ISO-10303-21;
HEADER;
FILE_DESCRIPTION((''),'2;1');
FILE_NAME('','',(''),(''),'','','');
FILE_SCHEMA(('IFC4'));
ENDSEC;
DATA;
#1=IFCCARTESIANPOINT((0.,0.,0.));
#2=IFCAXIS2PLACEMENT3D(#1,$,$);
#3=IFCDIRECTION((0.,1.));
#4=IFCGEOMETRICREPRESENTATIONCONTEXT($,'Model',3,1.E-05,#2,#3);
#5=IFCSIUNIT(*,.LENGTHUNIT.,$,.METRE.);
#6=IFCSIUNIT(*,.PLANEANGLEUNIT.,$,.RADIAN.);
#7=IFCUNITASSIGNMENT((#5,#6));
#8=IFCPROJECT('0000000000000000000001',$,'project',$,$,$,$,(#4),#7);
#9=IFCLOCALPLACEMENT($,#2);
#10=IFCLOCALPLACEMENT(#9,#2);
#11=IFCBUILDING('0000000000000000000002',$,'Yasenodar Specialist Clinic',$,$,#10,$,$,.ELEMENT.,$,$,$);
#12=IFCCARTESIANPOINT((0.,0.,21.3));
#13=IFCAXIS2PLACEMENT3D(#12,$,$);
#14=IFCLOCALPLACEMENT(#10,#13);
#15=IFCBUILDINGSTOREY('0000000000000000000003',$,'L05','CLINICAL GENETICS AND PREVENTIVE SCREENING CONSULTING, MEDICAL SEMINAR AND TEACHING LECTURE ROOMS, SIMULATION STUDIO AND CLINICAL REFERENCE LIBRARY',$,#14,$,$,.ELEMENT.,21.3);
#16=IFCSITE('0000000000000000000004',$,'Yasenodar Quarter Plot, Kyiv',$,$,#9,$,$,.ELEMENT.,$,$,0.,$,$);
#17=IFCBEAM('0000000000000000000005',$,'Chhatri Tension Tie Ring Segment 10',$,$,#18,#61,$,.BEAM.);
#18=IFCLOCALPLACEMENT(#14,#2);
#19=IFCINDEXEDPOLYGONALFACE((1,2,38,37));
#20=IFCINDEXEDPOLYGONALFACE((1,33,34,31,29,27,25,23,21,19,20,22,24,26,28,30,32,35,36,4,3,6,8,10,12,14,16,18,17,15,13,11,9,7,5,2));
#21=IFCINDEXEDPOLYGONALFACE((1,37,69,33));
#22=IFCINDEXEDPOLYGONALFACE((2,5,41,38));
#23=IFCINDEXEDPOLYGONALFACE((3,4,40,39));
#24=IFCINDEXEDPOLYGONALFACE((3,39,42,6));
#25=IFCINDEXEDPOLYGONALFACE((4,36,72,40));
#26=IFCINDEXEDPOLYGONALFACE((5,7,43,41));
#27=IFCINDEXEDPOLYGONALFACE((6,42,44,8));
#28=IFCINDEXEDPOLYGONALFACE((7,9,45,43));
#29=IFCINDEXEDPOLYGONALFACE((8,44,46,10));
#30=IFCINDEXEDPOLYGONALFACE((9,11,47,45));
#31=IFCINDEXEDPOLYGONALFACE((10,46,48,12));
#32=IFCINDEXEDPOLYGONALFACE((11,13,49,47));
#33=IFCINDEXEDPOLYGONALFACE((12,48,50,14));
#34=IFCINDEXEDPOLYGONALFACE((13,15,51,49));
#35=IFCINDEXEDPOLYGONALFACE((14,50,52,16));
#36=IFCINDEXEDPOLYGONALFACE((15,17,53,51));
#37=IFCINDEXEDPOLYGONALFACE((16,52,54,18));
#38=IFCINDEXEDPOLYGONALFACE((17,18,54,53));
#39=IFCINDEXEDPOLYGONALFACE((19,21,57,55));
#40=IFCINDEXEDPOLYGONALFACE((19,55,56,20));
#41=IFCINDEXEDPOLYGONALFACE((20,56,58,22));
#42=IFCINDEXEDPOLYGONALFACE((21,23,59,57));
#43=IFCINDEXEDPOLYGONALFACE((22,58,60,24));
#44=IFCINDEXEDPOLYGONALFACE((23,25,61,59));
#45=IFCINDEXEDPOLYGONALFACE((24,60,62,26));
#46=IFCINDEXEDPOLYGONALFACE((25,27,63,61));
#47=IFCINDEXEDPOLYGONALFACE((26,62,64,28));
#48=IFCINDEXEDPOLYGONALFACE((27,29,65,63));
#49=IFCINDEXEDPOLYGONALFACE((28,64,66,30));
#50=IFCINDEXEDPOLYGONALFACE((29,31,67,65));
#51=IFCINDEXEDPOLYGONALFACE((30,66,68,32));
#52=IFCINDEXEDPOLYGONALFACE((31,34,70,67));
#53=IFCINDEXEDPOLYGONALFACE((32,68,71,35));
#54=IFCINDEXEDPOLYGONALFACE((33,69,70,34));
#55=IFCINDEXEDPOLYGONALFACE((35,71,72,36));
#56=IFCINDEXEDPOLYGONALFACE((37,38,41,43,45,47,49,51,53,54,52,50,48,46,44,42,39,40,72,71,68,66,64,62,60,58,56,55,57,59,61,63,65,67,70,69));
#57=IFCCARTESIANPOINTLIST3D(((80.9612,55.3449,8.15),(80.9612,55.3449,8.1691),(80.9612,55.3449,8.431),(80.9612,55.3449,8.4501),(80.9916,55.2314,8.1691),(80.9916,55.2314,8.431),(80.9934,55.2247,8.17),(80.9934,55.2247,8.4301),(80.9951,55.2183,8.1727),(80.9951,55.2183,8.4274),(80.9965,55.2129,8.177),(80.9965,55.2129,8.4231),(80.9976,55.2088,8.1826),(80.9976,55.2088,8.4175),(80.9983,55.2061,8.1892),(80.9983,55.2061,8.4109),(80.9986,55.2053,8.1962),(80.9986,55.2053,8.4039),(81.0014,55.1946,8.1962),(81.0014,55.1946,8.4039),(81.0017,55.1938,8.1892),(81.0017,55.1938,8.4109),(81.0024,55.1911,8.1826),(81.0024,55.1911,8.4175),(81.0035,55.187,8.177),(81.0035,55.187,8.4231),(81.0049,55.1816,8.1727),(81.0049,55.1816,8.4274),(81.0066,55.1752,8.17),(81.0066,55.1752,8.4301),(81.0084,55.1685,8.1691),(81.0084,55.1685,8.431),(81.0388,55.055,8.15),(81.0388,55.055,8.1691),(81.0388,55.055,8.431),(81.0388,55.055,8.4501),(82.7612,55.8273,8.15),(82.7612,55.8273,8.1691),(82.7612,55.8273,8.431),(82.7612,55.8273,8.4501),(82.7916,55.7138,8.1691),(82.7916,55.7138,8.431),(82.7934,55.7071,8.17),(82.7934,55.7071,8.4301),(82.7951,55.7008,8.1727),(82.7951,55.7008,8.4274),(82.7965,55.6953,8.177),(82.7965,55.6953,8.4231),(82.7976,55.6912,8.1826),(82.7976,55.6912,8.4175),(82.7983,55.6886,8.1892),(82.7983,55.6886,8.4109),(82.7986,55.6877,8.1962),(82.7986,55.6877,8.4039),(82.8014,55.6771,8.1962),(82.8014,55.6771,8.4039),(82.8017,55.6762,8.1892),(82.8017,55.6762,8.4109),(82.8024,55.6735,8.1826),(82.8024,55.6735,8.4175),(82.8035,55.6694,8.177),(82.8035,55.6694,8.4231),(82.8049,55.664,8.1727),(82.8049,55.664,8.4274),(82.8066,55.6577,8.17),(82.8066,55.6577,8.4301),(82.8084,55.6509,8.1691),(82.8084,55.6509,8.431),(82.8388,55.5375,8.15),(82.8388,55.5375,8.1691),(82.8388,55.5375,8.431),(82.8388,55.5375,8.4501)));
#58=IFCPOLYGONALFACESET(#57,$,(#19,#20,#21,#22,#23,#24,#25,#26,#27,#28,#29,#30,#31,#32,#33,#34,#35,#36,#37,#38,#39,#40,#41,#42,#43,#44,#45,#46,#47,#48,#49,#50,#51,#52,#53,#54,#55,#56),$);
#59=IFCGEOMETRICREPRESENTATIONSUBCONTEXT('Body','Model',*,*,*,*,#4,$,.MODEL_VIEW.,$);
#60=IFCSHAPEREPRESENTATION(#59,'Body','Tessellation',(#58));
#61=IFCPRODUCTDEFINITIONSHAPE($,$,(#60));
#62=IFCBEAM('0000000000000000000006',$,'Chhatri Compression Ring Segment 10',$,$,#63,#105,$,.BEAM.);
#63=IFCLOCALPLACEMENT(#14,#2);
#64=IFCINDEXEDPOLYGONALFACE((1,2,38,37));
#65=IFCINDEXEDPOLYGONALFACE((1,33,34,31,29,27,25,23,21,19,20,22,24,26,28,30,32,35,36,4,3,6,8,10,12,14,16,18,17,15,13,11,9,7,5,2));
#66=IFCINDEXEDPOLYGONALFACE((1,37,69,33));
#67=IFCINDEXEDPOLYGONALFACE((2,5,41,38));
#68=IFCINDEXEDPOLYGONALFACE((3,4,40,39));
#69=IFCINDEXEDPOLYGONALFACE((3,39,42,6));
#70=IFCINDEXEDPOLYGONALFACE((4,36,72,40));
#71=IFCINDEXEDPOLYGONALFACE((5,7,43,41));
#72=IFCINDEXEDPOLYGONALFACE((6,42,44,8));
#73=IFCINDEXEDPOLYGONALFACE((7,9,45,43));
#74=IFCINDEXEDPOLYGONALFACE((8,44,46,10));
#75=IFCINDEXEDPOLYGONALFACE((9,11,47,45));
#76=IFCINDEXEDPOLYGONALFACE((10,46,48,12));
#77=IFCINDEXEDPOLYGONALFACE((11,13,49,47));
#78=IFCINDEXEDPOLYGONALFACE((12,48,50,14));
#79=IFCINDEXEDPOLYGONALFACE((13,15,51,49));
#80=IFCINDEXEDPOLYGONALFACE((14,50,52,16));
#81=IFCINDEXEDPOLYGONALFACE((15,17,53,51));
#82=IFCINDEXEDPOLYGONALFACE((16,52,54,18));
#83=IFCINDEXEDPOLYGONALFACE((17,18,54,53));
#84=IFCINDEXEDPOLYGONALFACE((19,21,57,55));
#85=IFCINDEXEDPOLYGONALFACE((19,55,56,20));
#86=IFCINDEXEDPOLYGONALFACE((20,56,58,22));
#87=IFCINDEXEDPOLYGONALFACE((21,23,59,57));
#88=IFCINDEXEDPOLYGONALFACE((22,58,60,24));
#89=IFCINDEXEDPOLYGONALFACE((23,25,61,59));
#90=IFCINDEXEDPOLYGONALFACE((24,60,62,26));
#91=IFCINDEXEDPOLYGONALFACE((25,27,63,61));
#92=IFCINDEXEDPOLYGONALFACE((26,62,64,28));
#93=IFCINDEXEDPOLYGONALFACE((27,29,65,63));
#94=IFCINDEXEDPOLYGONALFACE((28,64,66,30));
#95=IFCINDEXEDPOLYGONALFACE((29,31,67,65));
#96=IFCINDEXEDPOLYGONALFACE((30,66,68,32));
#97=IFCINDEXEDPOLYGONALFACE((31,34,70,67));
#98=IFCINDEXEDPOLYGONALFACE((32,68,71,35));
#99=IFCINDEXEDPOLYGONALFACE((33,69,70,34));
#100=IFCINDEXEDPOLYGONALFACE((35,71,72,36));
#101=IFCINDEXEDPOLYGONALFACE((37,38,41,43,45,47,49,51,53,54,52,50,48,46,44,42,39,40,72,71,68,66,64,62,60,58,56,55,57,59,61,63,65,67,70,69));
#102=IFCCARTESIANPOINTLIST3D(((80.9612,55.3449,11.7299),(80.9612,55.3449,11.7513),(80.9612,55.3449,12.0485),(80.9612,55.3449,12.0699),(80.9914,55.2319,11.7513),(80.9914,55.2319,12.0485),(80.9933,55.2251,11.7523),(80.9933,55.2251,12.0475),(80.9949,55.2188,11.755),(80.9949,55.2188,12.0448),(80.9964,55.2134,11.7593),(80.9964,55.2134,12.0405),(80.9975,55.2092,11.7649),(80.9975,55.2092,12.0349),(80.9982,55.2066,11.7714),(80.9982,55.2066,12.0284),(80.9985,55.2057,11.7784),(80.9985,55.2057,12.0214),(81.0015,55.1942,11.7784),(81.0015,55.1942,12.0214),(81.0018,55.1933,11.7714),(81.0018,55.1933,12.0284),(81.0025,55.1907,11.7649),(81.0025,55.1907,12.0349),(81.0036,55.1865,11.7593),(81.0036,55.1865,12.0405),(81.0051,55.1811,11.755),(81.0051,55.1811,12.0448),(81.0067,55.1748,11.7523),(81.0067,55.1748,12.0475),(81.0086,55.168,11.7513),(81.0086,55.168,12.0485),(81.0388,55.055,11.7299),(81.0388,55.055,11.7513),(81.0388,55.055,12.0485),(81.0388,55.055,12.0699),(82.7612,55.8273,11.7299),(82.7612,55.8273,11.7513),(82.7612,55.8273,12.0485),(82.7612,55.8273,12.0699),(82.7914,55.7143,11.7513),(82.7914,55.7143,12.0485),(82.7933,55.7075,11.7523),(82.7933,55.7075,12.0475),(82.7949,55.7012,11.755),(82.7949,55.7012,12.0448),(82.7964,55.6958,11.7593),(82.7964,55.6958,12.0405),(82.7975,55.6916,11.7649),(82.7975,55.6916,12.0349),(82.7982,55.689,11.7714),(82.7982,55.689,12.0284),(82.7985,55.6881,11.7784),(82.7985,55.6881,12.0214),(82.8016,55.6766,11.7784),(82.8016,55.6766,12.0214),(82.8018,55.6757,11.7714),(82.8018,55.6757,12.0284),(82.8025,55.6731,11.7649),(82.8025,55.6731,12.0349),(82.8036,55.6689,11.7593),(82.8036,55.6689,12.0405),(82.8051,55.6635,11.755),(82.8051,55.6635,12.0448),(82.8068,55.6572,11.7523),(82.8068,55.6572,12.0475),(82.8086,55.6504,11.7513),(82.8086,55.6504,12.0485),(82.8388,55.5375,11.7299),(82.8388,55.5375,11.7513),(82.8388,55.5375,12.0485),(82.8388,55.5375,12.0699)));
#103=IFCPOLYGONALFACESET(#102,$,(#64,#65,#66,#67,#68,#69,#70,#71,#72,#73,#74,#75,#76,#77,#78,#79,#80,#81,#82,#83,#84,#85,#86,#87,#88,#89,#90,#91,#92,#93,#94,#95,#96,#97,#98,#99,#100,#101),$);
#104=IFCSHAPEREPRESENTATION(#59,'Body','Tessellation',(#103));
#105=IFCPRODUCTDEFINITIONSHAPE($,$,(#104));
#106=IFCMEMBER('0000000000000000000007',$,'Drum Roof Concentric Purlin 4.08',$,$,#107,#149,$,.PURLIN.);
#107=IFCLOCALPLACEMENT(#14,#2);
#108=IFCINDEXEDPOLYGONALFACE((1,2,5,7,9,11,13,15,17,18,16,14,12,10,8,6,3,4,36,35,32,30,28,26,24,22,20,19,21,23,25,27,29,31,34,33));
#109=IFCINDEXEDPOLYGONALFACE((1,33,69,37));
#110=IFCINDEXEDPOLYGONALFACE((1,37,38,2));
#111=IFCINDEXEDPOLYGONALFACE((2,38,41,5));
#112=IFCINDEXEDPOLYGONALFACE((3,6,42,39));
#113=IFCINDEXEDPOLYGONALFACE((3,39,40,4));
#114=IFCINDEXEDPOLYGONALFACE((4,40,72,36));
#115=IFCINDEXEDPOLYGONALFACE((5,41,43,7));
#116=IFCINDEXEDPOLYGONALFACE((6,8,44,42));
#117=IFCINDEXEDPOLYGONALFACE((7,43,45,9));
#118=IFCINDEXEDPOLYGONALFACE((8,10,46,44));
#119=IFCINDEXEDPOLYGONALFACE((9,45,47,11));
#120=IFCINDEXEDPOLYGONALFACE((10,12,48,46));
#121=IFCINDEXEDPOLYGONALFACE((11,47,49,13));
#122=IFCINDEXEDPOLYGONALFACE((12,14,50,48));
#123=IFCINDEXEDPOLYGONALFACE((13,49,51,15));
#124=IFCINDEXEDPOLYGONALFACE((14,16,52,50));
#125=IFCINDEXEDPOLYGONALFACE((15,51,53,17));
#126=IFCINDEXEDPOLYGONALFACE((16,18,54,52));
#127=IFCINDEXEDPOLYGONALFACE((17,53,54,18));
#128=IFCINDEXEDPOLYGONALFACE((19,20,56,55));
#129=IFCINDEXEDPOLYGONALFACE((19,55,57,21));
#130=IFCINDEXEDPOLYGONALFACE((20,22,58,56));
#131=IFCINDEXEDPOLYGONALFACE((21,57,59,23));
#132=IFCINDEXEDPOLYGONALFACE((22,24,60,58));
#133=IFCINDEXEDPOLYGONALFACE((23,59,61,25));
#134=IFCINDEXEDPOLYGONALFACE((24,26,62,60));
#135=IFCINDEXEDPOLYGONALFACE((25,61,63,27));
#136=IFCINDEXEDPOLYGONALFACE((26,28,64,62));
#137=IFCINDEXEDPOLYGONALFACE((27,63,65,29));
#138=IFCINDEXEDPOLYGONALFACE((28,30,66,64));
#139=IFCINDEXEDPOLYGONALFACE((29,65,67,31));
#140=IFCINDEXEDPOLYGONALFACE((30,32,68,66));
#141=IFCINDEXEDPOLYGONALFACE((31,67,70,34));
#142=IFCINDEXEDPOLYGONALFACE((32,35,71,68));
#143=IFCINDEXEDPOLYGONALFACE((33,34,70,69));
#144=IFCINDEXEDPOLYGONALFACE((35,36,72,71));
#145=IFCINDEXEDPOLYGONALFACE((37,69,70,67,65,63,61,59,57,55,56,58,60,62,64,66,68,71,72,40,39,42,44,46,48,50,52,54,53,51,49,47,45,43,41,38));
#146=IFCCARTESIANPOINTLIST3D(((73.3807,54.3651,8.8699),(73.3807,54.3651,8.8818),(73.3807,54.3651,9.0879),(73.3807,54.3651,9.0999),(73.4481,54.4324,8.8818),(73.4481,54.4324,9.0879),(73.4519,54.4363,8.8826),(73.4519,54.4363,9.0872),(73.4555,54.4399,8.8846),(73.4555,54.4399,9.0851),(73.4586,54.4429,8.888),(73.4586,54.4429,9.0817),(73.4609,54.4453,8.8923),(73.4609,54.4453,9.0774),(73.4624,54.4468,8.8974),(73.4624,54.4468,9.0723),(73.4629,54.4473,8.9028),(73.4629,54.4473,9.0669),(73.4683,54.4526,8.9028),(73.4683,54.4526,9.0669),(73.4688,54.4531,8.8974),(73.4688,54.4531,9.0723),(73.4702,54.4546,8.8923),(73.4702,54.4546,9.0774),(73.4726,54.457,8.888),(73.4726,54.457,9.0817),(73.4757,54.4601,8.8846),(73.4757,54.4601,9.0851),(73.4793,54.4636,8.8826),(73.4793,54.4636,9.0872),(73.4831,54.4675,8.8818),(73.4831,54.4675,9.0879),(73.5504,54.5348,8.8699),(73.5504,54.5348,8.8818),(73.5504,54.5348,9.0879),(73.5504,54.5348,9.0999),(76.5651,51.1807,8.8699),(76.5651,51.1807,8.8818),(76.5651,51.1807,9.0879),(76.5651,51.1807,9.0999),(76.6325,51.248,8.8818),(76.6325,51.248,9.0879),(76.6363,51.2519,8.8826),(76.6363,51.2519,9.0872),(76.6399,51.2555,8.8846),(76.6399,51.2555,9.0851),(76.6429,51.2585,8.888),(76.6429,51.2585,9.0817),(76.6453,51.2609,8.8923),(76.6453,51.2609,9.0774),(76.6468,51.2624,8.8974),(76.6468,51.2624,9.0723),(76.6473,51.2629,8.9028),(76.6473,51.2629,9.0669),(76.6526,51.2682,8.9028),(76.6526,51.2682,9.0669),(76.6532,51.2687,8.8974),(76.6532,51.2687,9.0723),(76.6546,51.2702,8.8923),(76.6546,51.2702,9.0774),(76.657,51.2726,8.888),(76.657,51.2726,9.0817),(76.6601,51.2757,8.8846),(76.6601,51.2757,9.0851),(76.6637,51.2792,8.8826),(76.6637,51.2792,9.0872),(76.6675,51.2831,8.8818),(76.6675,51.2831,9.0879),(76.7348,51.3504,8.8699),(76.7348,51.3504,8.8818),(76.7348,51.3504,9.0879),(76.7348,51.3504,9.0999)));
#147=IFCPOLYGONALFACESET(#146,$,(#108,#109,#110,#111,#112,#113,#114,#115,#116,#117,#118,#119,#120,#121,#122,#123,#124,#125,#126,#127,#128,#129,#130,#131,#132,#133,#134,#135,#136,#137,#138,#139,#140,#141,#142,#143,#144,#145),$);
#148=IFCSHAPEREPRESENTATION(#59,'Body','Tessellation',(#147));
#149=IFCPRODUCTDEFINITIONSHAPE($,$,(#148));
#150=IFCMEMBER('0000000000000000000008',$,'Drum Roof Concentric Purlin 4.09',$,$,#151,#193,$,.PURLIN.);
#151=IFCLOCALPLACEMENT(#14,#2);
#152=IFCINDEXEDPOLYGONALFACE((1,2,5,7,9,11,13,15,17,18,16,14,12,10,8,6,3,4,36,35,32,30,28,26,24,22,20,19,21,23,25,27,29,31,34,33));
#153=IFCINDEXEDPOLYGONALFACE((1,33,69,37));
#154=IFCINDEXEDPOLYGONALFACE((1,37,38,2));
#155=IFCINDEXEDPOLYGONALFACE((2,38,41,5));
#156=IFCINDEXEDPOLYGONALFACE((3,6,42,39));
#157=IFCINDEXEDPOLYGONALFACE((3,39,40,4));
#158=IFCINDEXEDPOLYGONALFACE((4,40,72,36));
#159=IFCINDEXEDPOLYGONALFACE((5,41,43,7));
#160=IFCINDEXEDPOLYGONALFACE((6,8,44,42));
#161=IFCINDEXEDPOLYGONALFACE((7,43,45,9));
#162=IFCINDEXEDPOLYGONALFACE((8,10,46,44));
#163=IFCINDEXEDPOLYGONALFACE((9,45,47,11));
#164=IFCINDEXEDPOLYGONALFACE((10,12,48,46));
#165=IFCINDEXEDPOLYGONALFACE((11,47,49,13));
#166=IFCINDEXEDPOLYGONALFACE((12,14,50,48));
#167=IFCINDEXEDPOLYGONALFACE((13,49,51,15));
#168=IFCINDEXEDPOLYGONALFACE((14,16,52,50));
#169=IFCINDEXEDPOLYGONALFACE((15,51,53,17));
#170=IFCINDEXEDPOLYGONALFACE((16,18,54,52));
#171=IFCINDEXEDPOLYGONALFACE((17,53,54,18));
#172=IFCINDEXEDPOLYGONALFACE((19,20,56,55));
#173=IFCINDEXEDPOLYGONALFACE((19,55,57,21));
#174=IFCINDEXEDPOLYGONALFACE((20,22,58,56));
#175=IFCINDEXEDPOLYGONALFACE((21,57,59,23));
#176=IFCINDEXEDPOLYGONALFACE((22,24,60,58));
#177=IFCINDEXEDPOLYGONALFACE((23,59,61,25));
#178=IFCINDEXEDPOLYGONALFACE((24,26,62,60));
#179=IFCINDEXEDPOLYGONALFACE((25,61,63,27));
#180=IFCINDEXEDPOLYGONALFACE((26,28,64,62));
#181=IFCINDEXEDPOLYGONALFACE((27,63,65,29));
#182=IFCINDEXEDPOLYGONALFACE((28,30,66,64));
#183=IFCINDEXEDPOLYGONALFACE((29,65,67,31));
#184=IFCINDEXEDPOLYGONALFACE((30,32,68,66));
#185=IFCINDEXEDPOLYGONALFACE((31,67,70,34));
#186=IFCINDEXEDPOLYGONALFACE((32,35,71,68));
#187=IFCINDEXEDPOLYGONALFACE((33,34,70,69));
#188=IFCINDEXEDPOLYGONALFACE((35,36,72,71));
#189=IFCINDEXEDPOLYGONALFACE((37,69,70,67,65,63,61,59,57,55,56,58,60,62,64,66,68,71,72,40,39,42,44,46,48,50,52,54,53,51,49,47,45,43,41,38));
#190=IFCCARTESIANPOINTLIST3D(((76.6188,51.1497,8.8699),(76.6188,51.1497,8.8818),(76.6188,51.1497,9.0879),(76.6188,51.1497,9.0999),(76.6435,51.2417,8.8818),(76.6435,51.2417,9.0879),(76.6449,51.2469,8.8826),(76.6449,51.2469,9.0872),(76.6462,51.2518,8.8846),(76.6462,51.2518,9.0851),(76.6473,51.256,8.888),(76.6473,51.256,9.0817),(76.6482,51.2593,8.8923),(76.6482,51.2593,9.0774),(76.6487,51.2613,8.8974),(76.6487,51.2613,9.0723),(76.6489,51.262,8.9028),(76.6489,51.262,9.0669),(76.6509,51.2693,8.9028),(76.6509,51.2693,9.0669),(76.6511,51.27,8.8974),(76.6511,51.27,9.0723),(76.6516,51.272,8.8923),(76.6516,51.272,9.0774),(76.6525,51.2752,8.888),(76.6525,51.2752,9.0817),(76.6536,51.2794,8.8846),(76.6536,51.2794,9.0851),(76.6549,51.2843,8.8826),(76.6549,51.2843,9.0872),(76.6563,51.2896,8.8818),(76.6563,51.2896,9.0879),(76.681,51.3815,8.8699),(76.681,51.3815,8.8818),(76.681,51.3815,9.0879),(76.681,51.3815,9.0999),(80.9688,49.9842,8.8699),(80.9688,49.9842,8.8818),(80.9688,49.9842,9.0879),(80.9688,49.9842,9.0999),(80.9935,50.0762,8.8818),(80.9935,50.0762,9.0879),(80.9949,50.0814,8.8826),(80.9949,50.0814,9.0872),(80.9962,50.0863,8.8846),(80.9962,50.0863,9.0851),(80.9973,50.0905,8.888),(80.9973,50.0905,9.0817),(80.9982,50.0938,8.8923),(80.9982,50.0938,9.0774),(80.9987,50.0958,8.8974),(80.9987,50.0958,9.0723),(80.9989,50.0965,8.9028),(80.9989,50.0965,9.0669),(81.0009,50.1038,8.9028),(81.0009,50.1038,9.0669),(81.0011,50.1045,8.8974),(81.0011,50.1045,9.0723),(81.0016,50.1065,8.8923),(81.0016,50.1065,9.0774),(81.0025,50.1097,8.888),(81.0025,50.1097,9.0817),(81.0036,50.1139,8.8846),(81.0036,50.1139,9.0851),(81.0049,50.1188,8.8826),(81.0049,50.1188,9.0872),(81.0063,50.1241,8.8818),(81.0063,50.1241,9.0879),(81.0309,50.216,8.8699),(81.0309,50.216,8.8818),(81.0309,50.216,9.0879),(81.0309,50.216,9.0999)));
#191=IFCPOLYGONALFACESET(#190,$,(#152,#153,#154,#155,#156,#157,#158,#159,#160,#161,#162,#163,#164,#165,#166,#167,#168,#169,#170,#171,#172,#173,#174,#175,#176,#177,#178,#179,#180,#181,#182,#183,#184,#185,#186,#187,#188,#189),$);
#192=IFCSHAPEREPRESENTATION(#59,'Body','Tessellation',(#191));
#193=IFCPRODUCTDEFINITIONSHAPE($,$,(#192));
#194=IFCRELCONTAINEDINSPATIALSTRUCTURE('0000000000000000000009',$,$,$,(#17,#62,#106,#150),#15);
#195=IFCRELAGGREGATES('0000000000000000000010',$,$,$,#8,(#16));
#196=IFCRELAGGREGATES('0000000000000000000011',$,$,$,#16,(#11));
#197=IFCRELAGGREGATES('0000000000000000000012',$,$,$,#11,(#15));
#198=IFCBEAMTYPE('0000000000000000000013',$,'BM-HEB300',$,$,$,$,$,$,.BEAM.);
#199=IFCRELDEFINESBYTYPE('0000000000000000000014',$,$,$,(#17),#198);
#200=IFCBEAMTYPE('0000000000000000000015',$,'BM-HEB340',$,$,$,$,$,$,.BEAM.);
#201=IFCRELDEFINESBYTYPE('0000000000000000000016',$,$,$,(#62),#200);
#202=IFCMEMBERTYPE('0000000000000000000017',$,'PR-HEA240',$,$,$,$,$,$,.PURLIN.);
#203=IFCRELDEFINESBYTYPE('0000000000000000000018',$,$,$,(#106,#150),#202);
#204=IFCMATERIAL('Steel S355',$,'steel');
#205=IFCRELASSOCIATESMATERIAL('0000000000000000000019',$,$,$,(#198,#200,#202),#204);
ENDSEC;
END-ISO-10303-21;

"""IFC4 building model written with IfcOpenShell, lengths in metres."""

from ifc_helpers import new_model, si_unit, direction, frame, origin, origin_2d, place, context, subcontext, project, spatial, i_section, extrude, material, material_profile, profile_set, type_object, element, save


model = new_model("IFC4")

# Units and contexts
model_context = context("Model", 3, precision=1e-05, world=origin(), true_north=direction((0.0, 1.0)))
body_context = subcontext(model_context, "Body", "Model", "MODEL_VIEW")
ifc_project = project(units=[si_unit("LENGTHUNIT", "METRE"), si_unit("PLANEANGLEUNIT", "RADIAN")], contexts=[model_context])

# Site, building, storey
site_placement = place(None, origin())
site = spatial("IfcSite", under=ifc_project, at=site_placement, Name="Yasenodar Quarter Plot, Kyiv", CompositionType="ELEMENT", RefElevation=0.0)
building_placement = place(site_placement, origin())
building = spatial("IfcBuilding", under=site, at=building_placement, Name="Yasenodar Specialist Clinic", CompositionType="ELEMENT")
storey_placement = place(building_placement, frame((0.0, 0.0, 21.3)))
storey = spatial("IfcBuildingStorey", under=building, at=storey_placement, Name="L05", Description="CLINICAL GENETICS AND PREVENTIVE SCREENING CONSULTING, MEDICAL SEMINAR AND TEACHING LECTURE ROOMS, SIMULATION STUDIO AND CLINICAL REFERENCE LIBRARY", CompositionType="ELEMENT", Elevation=21.3)

# Beams
ifc_material = material(Name="Steel S355", Category="steel")
ifc_material_profile_1 = material_profile(ifc_material, i_section(OverallWidth=0.3, OverallDepth=0.3, WebThickness=0.011, FlangeThickness=0.019, FilletRadius=0.0271, at=origin_2d()), Name="HEB 300")
ifc_profile_set_1 = profile_set([ifc_material_profile_1], Name="Steel S355")
beam_type_1 = type_object("IfcBeamType", Name="BM-HEB300", PredefinedType="BEAM", material=ifc_profile_set_1)
beam_1_placement = place(storey_placement, frame((81.0, 55.2, 8.3), z_axis=(0.965912, 0.258869, 0.0), x_axis=(-0.258869, 0.965912, 0.0)))
element("IfcBeam", 1, at=beam_1_placement, inside=storey, type_object=beam_type_1, Name="Chhatri Tension Tie Ring Segment 10", PredefinedType="BEAM", context=body_context, shape_type="SweptSolid", body=[
    extrude(i_section(OverallWidth=0.3, OverallDepth=0.3, WebThickness=0.011, FlangeThickness=0.019, FilletRadius=0.0271, at=origin_2d()), origin(), (0.0, 0.0, 1.0), 1.8635),
])
ifc_material_profile_2 = material_profile(ifc_material, i_section(OverallWidth=0.3, OverallDepth=0.3401, WebThickness=0.012, FlangeThickness=0.0215, FilletRadius=0.0271, at=origin_2d()), Name="HEB 340")
ifc_profile_set_2 = profile_set([ifc_material_profile_2], Name="Steel S355")
beam_type_2 = type_object("IfcBeamType", Name="BM-HEB340", PredefinedType="BEAM", material=ifc_profile_set_2)
beam_2_placement = place(storey_placement, frame((81.0, 55.2, 11.8999), z_axis=(0.965912, 0.258869, 0.0), x_axis=(-0.258869, 0.965912, 0.0)))
element("IfcBeam", 2, at=beam_2_placement, inside=storey, type_object=beam_type_2, Name="Chhatri Compression Ring Segment 10", PredefinedType="BEAM", context=body_context, shape_type="SweptSolid", body=[
    extrude(i_section(OverallWidth=0.3, OverallDepth=0.3401, WebThickness=0.012, FlangeThickness=0.0215, FilletRadius=0.0271, at=origin_2d()), origin(), (0.0, 0.0, 1.0), 1.8635),
])

# Members
ifc_material_profile_3 = material_profile(ifc_material, i_section(OverallWidth=0.24, OverallDepth=0.23, WebThickness=0.0076, FlangeThickness=0.012, FilletRadius=0.021, at=origin_2d()), Name="HEA 240")
ifc_profile_set_3 = profile_set([ifc_material_profile_3], Name="Steel S355")
member_type_1 = type_object("IfcMemberType", Name="PR-HEA240", PredefinedType="PURLIN", material=ifc_profile_set_3)
for number, where, z_axis, x_axis, name in (
    (3, (73.4656, 54.45, 8.9849), (0.707107, -0.707107, 0.0), (0.707107, 0.707107, 0.0), "Drum Roof Concentric Purlin 4.08"),
    (4, (76.6499, 51.2656, 8.9849), (0.96593, -0.258803, 0.0), (0.258803, 0.96593, 0.0), "Drum Roof Concentric Purlin 4.09"),
):
    element("IfcMember", number, at=place(storey_placement, frame(where, z_axis=z_axis, x_axis=x_axis)), inside=storey, type_object=member_type_1, Name=name, PredefinedType="PURLIN", context=body_context, shape_type="SweptSolid", body=[
        extrude(i_section(OverallWidth=0.24, OverallDepth=0.23, WebThickness=0.0076, FlangeThickness=0.012, FilletRadius=0.021, at=origin_2d()), origin(), (0.0, 0.0, 1.0), 4.5034),
    ])

save(model, "model.ifc")
